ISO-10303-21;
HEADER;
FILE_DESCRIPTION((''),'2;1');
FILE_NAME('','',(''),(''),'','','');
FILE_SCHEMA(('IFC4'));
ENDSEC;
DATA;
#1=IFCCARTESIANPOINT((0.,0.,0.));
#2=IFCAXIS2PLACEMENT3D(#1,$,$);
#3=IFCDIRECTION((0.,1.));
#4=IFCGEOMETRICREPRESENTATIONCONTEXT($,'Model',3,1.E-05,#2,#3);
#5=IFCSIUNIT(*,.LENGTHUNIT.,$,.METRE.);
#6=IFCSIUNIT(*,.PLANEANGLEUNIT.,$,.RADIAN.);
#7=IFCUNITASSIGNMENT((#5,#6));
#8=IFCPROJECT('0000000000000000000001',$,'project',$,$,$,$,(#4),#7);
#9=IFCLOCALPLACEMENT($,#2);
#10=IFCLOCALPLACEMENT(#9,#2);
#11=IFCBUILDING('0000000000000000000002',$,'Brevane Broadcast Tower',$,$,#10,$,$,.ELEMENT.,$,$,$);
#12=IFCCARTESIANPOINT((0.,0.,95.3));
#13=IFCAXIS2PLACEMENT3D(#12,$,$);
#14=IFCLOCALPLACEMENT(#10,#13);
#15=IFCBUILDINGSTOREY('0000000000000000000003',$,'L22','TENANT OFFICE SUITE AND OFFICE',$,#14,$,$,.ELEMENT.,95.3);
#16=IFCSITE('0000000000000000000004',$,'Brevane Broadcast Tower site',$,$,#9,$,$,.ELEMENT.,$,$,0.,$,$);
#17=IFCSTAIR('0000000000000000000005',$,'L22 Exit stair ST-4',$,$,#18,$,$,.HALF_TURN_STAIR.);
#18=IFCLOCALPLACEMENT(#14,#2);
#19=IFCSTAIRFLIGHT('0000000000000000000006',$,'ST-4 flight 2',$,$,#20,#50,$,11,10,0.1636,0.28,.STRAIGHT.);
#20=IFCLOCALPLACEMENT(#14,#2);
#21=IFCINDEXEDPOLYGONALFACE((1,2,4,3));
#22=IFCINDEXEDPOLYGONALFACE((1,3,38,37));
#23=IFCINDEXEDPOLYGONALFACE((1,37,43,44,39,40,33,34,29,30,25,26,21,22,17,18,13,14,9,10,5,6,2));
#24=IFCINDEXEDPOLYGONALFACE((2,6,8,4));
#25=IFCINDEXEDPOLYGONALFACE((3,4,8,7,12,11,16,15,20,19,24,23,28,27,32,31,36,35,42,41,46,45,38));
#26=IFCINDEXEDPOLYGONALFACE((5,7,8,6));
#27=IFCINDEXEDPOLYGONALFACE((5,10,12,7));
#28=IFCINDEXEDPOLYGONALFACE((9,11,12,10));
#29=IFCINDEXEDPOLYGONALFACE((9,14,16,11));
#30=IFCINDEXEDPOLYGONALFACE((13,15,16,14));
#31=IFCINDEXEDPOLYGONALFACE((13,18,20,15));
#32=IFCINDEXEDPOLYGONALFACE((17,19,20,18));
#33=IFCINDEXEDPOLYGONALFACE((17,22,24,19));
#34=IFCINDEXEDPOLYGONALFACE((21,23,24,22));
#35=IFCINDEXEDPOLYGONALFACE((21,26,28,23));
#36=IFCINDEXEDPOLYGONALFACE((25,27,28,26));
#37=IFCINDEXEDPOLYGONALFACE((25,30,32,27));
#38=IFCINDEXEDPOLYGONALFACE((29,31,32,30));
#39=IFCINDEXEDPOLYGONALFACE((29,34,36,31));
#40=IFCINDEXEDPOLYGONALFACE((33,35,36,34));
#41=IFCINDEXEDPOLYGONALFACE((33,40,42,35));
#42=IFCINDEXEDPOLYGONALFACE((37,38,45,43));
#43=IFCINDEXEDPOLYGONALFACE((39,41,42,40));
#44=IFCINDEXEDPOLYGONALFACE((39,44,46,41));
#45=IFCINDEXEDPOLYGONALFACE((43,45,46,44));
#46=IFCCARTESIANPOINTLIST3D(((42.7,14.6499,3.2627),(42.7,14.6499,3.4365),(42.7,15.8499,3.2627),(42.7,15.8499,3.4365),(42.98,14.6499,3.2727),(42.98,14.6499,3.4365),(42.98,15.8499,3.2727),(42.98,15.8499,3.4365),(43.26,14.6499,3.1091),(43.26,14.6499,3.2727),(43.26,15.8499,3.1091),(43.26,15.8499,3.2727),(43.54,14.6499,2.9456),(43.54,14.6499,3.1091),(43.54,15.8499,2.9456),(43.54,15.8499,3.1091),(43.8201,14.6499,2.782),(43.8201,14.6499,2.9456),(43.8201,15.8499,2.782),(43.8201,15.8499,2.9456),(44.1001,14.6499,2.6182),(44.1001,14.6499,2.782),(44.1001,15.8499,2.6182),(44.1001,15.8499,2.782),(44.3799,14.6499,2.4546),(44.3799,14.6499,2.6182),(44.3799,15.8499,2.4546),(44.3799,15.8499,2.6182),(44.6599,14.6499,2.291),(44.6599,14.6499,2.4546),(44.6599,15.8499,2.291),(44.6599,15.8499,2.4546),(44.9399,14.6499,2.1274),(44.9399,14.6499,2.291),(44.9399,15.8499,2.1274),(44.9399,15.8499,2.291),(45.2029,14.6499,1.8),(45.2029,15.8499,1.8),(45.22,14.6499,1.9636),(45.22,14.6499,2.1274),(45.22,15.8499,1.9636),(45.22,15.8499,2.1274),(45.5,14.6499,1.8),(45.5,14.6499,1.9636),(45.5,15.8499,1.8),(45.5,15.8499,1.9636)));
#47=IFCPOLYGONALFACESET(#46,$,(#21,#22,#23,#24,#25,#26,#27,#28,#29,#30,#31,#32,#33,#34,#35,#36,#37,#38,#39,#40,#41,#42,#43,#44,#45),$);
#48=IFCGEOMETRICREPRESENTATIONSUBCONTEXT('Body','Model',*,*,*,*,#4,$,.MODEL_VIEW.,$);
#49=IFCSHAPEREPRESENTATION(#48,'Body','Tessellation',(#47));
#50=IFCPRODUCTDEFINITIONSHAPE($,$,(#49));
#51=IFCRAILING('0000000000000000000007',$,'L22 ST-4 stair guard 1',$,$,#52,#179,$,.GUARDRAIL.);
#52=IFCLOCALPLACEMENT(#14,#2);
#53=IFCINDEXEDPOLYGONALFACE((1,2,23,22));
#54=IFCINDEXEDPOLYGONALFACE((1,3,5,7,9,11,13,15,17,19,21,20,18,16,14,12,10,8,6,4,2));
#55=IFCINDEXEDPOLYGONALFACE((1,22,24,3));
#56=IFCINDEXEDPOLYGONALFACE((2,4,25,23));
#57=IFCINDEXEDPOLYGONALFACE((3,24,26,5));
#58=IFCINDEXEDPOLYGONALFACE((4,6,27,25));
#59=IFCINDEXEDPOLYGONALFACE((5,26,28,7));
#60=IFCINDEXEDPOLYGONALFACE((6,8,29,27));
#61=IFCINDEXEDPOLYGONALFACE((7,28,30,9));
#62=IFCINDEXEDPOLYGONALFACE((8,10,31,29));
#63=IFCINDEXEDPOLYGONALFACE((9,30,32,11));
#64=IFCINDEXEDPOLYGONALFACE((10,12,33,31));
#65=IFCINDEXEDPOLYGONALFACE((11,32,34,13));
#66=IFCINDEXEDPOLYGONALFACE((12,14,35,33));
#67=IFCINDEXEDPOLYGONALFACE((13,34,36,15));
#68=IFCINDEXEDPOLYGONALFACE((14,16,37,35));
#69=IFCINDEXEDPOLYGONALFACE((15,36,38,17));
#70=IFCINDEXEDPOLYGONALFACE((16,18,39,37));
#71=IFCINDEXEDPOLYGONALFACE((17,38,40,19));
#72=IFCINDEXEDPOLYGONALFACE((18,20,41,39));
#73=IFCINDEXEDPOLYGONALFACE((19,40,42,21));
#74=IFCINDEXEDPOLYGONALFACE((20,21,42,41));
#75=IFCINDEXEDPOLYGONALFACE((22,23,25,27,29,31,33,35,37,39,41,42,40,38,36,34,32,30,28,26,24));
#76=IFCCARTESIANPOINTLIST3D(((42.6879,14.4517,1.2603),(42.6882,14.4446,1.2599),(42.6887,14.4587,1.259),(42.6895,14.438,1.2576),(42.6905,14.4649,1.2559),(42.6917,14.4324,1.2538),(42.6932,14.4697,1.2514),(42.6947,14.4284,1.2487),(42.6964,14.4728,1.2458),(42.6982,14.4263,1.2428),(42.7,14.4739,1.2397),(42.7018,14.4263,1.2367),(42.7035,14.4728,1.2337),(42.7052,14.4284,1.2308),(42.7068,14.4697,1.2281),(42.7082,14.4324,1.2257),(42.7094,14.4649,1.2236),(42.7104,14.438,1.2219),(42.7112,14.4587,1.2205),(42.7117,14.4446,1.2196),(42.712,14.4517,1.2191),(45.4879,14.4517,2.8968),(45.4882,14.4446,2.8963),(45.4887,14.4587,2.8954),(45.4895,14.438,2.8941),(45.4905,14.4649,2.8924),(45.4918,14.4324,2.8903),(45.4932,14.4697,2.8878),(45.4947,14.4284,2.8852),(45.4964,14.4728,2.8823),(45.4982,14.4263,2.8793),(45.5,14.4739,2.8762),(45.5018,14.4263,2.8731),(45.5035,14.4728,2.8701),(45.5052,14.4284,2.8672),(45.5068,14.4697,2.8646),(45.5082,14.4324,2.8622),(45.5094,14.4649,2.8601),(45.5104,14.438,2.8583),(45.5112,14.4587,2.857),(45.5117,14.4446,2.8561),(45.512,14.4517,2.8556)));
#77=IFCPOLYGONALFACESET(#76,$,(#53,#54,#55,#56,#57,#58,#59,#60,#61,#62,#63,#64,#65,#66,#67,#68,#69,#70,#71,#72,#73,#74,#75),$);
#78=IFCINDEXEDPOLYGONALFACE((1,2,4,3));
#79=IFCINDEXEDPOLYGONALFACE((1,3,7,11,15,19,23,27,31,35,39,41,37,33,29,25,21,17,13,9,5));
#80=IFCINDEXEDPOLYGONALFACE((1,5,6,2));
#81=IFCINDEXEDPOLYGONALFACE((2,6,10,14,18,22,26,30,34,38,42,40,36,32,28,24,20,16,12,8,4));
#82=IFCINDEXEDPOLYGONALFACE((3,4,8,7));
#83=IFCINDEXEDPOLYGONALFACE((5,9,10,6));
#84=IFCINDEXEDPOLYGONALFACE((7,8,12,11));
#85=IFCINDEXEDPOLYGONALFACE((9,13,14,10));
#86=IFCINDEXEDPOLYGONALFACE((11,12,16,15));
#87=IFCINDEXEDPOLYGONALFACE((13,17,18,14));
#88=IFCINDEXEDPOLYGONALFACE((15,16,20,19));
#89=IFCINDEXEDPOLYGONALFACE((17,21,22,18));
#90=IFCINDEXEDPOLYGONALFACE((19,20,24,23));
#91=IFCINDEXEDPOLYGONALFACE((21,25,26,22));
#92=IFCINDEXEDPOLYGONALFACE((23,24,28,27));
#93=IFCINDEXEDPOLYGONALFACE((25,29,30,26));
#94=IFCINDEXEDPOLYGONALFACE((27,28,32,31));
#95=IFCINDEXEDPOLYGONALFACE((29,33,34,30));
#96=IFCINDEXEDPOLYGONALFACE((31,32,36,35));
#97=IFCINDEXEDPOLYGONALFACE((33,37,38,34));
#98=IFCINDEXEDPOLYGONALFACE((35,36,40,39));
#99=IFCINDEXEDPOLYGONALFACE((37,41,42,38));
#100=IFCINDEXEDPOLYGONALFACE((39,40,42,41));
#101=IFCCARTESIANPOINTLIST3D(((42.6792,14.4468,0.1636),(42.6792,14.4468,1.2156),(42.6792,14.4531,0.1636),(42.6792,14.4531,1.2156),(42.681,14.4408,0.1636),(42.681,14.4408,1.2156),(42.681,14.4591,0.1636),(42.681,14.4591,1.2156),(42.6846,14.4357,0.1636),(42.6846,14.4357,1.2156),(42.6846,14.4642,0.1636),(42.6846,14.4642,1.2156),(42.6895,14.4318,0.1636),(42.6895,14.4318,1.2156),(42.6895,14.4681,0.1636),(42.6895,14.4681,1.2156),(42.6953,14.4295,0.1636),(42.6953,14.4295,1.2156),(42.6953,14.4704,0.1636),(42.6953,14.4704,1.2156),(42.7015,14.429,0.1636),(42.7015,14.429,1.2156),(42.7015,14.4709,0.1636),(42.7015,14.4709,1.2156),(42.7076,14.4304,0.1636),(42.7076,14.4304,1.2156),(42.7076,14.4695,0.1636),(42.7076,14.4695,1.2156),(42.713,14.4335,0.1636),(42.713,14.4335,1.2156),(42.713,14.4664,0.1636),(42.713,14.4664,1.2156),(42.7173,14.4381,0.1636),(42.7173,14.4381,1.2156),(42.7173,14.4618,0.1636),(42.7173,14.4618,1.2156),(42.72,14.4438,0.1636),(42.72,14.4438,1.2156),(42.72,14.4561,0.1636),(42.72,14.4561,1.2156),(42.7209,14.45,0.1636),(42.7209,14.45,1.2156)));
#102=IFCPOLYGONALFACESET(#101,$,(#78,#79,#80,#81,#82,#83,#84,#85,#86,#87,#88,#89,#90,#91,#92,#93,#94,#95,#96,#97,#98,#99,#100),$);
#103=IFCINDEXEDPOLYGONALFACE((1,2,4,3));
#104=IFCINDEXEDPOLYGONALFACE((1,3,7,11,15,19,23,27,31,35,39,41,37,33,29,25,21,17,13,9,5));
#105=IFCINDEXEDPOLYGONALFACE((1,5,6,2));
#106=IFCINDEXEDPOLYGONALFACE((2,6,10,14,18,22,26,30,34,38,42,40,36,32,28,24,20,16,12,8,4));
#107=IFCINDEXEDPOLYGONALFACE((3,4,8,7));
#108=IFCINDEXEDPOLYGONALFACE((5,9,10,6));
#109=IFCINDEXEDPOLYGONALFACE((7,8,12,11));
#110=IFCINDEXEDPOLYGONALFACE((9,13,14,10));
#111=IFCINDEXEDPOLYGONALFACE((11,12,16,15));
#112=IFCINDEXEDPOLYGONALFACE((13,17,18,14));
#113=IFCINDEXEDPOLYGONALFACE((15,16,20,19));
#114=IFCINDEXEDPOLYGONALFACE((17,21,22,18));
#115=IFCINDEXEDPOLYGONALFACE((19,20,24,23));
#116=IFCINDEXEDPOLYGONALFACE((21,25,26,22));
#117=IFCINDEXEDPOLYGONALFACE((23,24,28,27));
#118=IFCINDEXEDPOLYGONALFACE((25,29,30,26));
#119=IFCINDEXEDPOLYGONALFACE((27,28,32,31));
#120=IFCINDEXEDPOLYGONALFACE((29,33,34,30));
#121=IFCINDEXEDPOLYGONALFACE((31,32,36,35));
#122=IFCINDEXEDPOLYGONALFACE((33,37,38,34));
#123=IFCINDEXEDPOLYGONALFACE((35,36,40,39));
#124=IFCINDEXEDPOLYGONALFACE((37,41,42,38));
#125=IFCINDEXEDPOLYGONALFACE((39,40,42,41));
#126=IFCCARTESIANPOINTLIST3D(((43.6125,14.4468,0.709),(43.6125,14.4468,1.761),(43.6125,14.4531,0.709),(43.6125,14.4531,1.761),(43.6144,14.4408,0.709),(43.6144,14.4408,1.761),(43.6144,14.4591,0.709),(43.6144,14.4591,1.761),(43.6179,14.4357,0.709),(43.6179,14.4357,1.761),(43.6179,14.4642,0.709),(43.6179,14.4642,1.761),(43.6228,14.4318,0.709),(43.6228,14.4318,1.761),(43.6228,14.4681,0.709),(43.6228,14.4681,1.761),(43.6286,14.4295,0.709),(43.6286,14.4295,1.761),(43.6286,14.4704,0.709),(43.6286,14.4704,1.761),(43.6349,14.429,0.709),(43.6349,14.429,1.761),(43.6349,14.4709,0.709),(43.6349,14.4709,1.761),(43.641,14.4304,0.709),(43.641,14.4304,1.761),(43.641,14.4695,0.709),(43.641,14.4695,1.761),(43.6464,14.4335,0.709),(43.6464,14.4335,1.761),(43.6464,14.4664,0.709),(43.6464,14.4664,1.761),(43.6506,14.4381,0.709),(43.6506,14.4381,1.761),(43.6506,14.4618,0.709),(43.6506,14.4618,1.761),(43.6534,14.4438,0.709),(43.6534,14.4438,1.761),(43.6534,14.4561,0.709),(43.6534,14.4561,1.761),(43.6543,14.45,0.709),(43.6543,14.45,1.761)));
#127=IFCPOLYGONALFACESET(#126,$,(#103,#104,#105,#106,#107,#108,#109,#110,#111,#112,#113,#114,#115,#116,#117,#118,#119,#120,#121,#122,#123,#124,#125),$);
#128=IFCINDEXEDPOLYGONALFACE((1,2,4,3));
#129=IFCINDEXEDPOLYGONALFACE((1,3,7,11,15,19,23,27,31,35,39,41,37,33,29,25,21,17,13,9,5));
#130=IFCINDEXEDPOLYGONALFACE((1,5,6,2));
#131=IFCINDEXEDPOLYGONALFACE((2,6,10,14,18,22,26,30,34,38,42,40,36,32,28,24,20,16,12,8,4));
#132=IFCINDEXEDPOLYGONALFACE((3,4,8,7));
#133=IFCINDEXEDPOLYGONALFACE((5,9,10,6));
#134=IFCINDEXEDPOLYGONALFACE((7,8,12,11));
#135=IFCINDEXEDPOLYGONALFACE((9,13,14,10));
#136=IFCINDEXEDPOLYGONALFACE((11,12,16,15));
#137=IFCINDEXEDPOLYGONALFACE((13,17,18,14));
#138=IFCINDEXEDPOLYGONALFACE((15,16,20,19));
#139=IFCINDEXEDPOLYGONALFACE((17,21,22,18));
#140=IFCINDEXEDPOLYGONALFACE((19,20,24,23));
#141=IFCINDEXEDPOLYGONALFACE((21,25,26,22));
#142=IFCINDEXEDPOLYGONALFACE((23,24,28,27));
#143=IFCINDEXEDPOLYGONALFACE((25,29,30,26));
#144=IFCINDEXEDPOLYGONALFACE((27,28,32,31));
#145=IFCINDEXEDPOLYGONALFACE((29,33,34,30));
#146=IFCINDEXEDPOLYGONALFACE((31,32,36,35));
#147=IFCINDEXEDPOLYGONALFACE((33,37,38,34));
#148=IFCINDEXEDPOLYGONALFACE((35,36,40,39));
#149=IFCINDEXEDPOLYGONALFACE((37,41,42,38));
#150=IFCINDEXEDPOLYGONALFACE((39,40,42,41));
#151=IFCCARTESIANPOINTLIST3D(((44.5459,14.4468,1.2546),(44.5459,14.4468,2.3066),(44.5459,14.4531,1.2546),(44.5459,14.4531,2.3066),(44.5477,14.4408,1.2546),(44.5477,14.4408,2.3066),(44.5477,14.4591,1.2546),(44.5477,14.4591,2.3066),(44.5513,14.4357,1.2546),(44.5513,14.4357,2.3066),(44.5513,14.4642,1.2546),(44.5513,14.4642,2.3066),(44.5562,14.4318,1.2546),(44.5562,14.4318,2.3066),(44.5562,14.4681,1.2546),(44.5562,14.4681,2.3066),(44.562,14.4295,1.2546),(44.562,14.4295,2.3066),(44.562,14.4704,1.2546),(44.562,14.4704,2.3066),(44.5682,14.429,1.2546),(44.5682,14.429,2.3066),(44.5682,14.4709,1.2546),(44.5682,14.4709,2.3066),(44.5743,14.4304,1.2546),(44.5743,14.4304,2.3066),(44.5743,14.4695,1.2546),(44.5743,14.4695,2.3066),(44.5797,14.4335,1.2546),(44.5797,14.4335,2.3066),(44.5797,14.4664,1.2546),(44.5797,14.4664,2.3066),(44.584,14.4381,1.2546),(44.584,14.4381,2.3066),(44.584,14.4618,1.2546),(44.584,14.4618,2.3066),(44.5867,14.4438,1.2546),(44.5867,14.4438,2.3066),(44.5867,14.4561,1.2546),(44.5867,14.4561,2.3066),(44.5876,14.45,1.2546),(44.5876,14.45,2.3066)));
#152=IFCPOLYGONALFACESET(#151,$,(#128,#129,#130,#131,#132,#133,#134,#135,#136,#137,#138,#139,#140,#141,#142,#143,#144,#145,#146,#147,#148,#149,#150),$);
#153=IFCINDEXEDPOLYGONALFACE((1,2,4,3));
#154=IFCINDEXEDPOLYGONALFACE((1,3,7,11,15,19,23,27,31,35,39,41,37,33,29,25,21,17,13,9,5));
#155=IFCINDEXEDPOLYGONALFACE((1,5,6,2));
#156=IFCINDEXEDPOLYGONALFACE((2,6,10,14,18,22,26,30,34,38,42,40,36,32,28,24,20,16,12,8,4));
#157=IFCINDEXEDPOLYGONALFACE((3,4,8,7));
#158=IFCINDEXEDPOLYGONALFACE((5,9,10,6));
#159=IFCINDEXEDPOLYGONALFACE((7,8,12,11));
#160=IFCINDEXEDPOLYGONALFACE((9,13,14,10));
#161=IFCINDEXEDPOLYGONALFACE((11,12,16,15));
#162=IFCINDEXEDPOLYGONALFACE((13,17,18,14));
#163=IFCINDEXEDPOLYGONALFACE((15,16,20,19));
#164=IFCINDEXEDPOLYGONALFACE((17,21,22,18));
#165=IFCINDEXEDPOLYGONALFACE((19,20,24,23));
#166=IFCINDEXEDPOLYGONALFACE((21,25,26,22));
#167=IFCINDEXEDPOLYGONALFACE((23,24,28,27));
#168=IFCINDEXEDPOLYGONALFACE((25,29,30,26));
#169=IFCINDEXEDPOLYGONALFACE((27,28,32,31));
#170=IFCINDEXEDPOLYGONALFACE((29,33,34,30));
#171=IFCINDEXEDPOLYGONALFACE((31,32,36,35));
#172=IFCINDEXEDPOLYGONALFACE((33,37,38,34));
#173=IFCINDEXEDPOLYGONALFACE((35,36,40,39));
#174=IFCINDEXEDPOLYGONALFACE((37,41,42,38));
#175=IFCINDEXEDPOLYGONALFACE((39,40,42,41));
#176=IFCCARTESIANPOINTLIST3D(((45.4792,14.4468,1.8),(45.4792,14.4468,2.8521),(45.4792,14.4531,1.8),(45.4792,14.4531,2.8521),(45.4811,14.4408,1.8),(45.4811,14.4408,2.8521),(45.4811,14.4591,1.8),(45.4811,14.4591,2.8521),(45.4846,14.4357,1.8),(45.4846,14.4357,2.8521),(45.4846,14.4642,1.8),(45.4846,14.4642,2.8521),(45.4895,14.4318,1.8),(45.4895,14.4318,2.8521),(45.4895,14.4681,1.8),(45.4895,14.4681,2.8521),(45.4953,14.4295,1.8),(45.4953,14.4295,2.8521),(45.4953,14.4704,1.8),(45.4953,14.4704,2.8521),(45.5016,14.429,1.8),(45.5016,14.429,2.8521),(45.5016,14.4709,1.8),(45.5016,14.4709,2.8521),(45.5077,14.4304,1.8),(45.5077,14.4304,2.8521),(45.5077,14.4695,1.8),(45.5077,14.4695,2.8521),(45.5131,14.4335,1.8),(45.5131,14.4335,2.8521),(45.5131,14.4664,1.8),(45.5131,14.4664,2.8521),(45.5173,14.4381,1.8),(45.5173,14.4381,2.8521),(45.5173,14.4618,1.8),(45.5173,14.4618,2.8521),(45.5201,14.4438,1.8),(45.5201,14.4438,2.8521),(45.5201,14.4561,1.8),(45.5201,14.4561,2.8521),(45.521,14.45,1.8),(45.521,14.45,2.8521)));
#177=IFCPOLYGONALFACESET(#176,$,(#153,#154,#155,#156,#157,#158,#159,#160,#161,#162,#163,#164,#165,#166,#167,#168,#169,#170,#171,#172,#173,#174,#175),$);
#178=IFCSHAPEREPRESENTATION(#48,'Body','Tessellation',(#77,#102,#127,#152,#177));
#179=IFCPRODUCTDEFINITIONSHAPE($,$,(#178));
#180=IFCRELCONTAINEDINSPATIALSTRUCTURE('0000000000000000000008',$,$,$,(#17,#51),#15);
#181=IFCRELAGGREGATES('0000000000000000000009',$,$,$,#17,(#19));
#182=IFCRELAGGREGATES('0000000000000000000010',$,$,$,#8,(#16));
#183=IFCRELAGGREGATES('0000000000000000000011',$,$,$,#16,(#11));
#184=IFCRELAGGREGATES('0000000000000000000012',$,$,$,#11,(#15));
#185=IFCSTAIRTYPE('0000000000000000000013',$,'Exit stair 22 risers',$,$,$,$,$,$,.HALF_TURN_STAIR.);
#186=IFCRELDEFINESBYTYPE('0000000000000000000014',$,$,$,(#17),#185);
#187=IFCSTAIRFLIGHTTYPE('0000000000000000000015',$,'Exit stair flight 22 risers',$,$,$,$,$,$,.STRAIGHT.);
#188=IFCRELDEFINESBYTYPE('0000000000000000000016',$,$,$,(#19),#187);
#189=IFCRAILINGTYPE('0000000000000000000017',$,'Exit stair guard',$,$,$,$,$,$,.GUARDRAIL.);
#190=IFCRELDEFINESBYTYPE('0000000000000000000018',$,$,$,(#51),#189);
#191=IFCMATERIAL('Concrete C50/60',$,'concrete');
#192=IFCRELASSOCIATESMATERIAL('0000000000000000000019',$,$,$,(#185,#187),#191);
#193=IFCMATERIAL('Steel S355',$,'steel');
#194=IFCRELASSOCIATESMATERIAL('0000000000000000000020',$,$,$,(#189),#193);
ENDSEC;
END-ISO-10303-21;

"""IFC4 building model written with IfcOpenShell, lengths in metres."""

from ifc_helpers import new_model, si_unit, direction, frame, origin, origin_2d, place, context, subcontext, project, spatial, polyline, circle, outline, extrude, material, type_object, element, aggregate, save


model = new_model("IFC4")

# Units and contexts
model_context = context("Model", 3, precision=1e-05, world=origin(), true_north=direction((0.0, 1.0)))
body_context = subcontext(model_context, "Body", "Model", "MODEL_VIEW")
ifc_project = project(units=[si_unit("LENGTHUNIT", "METRE"), si_unit("PLANEANGLEUNIT", "RADIAN")], contexts=[model_context])

# Site, building, storey
site_placement = place(None, origin())
site = spatial("IfcSite", under=ifc_project, at=site_placement, Name="Brevane Broadcast Tower site", CompositionType="ELEMENT", RefElevation=0.0)
building_placement = place(site_placement, origin())
building = spatial("IfcBuilding", under=site, at=building_placement, Name="Brevane Broadcast Tower", CompositionType="ELEMENT")
storey_placement = place(building_placement, frame((0.0, 0.0, 95.3)))
storey = spatial("IfcBuildingStorey", under=building, at=storey_placement, Name="L22", Description="TENANT OFFICE SUITE AND OFFICE", CompositionType="ELEMENT", Elevation=95.3)

# Stair, stair flight
ifc_material_1 = material(Name="Concrete C50/60", Category="concrete")
stair_type = type_object("IfcStairType", Name="Exit stair 22 risers", PredefinedType="HALF_TURN_STAIR", material=ifc_material_1)
stair_placement = place(storey_placement, origin())
stair = element("IfcStair", 1, at=stair_placement, inside=storey, type_object=stair_type, Name="L22 Exit stair ST-4", PredefinedType="HALF_TURN_STAIR")
stair_flight_type = type_object("IfcStairFlightType", Name="Exit stair flight 22 risers", PredefinedType="STRAIGHT", material=ifc_material_1)
stair_flight_1_placement = place(storey_placement, frame((45.5, 15.25, 1.8), z_axis=(0.0, 0.0, 1.0), x_axis=(-1.0, 0.0, 0.0)))
stair_flight_1 = element("IfcStairFlight", 2, at=stair_flight_1_placement, type_object=stair_flight_type, Name="ST-4 flight 2", NumberOfRisers=11, NumberOfTreads=10, PredefinedType="STRAIGHT", RiserHeight=0.1636, TreadLength=0.28, context=body_context, shape_type="SweptSolid", body=[
    extrude(outline(polyline([(0.0, 0.0), (0.0, 0.1636), (0.28, 0.1636), (0.28, 0.3274), (0.5601, 0.3274), (0.5601, 0.491), (0.8401, 0.491), (0.8401, 0.6545), (1.1201, 0.6545), (1.1201, 0.8181), (1.3999, 0.8181), (1.3999, 0.9819), (1.6799, 0.9819), (1.6799, 1.1455), (1.96, 1.1455), (1.96, 1.3091), (2.24, 1.3091), (2.24, 1.4727), (2.52, 1.4727), (2.52, 1.6365), (2.8, 1.6365), (2.8, 1.8), (2.8, 1.4626), (0.2971, 0.0), (0.0, 0.0)])), frame((0.0, 0.6001, 0.0), z_axis=(0.0, -1.0, 0.0), x_axis=(1.0, 0.0, 0.0)), (0.0, 0.0, 1.0), 1.2),
])
aggregate(stair, [stair_flight_1])

# Railing
ifc_material_2 = material(Name="Steel S355", Category="steel")
railing_type_1 = type_object("IfcRailingType", Name="Exit stair guard", PredefinedType="GUARDRAIL", material=ifc_material_2)
railing_1_placement = place(storey_placement, frame((42.7, 14.45, 0.1636)))
element("IfcRailing", 3, at=railing_1_placement, inside=storey, type_object=railing_type_1, Name="L22 ST-4 stair guard 1", PredefinedType="GUARDRAIL", context=body_context, shape_type="SweptSolid", body=[
    extrude(circle(Radius=0.0239, at=origin_2d()), frame((0.0, 0.0, 1.0762), z_axis=(0.863361, 0.0, 0.504587), x_axis=(0.0, 1.0, 0.0)), (0.0, 0.0, 1.0), 3.2432),
    extrude(circle(Radius=0.021, at=origin_2d()), origin(), (0.0, 0.0, 1.0), 1.052),
    extrude(circle(Radius=0.021, at=origin_2d()), frame((0.9333, 0.0, 0.5454)), (0.0, 0.0, 1.0), 1.052),
    extrude(circle(Radius=0.021, at=origin_2d()), frame((1.8667, 0.0, 1.0911)), (0.0, 0.0, 1.0), 1.052),
    extrude(circle(Radius=0.021, at=origin_2d()), frame((2.8, 0.0, 1.6365)), (0.0, 0.0, 1.0), 1.052),
])

save(model, "model.ifc")
